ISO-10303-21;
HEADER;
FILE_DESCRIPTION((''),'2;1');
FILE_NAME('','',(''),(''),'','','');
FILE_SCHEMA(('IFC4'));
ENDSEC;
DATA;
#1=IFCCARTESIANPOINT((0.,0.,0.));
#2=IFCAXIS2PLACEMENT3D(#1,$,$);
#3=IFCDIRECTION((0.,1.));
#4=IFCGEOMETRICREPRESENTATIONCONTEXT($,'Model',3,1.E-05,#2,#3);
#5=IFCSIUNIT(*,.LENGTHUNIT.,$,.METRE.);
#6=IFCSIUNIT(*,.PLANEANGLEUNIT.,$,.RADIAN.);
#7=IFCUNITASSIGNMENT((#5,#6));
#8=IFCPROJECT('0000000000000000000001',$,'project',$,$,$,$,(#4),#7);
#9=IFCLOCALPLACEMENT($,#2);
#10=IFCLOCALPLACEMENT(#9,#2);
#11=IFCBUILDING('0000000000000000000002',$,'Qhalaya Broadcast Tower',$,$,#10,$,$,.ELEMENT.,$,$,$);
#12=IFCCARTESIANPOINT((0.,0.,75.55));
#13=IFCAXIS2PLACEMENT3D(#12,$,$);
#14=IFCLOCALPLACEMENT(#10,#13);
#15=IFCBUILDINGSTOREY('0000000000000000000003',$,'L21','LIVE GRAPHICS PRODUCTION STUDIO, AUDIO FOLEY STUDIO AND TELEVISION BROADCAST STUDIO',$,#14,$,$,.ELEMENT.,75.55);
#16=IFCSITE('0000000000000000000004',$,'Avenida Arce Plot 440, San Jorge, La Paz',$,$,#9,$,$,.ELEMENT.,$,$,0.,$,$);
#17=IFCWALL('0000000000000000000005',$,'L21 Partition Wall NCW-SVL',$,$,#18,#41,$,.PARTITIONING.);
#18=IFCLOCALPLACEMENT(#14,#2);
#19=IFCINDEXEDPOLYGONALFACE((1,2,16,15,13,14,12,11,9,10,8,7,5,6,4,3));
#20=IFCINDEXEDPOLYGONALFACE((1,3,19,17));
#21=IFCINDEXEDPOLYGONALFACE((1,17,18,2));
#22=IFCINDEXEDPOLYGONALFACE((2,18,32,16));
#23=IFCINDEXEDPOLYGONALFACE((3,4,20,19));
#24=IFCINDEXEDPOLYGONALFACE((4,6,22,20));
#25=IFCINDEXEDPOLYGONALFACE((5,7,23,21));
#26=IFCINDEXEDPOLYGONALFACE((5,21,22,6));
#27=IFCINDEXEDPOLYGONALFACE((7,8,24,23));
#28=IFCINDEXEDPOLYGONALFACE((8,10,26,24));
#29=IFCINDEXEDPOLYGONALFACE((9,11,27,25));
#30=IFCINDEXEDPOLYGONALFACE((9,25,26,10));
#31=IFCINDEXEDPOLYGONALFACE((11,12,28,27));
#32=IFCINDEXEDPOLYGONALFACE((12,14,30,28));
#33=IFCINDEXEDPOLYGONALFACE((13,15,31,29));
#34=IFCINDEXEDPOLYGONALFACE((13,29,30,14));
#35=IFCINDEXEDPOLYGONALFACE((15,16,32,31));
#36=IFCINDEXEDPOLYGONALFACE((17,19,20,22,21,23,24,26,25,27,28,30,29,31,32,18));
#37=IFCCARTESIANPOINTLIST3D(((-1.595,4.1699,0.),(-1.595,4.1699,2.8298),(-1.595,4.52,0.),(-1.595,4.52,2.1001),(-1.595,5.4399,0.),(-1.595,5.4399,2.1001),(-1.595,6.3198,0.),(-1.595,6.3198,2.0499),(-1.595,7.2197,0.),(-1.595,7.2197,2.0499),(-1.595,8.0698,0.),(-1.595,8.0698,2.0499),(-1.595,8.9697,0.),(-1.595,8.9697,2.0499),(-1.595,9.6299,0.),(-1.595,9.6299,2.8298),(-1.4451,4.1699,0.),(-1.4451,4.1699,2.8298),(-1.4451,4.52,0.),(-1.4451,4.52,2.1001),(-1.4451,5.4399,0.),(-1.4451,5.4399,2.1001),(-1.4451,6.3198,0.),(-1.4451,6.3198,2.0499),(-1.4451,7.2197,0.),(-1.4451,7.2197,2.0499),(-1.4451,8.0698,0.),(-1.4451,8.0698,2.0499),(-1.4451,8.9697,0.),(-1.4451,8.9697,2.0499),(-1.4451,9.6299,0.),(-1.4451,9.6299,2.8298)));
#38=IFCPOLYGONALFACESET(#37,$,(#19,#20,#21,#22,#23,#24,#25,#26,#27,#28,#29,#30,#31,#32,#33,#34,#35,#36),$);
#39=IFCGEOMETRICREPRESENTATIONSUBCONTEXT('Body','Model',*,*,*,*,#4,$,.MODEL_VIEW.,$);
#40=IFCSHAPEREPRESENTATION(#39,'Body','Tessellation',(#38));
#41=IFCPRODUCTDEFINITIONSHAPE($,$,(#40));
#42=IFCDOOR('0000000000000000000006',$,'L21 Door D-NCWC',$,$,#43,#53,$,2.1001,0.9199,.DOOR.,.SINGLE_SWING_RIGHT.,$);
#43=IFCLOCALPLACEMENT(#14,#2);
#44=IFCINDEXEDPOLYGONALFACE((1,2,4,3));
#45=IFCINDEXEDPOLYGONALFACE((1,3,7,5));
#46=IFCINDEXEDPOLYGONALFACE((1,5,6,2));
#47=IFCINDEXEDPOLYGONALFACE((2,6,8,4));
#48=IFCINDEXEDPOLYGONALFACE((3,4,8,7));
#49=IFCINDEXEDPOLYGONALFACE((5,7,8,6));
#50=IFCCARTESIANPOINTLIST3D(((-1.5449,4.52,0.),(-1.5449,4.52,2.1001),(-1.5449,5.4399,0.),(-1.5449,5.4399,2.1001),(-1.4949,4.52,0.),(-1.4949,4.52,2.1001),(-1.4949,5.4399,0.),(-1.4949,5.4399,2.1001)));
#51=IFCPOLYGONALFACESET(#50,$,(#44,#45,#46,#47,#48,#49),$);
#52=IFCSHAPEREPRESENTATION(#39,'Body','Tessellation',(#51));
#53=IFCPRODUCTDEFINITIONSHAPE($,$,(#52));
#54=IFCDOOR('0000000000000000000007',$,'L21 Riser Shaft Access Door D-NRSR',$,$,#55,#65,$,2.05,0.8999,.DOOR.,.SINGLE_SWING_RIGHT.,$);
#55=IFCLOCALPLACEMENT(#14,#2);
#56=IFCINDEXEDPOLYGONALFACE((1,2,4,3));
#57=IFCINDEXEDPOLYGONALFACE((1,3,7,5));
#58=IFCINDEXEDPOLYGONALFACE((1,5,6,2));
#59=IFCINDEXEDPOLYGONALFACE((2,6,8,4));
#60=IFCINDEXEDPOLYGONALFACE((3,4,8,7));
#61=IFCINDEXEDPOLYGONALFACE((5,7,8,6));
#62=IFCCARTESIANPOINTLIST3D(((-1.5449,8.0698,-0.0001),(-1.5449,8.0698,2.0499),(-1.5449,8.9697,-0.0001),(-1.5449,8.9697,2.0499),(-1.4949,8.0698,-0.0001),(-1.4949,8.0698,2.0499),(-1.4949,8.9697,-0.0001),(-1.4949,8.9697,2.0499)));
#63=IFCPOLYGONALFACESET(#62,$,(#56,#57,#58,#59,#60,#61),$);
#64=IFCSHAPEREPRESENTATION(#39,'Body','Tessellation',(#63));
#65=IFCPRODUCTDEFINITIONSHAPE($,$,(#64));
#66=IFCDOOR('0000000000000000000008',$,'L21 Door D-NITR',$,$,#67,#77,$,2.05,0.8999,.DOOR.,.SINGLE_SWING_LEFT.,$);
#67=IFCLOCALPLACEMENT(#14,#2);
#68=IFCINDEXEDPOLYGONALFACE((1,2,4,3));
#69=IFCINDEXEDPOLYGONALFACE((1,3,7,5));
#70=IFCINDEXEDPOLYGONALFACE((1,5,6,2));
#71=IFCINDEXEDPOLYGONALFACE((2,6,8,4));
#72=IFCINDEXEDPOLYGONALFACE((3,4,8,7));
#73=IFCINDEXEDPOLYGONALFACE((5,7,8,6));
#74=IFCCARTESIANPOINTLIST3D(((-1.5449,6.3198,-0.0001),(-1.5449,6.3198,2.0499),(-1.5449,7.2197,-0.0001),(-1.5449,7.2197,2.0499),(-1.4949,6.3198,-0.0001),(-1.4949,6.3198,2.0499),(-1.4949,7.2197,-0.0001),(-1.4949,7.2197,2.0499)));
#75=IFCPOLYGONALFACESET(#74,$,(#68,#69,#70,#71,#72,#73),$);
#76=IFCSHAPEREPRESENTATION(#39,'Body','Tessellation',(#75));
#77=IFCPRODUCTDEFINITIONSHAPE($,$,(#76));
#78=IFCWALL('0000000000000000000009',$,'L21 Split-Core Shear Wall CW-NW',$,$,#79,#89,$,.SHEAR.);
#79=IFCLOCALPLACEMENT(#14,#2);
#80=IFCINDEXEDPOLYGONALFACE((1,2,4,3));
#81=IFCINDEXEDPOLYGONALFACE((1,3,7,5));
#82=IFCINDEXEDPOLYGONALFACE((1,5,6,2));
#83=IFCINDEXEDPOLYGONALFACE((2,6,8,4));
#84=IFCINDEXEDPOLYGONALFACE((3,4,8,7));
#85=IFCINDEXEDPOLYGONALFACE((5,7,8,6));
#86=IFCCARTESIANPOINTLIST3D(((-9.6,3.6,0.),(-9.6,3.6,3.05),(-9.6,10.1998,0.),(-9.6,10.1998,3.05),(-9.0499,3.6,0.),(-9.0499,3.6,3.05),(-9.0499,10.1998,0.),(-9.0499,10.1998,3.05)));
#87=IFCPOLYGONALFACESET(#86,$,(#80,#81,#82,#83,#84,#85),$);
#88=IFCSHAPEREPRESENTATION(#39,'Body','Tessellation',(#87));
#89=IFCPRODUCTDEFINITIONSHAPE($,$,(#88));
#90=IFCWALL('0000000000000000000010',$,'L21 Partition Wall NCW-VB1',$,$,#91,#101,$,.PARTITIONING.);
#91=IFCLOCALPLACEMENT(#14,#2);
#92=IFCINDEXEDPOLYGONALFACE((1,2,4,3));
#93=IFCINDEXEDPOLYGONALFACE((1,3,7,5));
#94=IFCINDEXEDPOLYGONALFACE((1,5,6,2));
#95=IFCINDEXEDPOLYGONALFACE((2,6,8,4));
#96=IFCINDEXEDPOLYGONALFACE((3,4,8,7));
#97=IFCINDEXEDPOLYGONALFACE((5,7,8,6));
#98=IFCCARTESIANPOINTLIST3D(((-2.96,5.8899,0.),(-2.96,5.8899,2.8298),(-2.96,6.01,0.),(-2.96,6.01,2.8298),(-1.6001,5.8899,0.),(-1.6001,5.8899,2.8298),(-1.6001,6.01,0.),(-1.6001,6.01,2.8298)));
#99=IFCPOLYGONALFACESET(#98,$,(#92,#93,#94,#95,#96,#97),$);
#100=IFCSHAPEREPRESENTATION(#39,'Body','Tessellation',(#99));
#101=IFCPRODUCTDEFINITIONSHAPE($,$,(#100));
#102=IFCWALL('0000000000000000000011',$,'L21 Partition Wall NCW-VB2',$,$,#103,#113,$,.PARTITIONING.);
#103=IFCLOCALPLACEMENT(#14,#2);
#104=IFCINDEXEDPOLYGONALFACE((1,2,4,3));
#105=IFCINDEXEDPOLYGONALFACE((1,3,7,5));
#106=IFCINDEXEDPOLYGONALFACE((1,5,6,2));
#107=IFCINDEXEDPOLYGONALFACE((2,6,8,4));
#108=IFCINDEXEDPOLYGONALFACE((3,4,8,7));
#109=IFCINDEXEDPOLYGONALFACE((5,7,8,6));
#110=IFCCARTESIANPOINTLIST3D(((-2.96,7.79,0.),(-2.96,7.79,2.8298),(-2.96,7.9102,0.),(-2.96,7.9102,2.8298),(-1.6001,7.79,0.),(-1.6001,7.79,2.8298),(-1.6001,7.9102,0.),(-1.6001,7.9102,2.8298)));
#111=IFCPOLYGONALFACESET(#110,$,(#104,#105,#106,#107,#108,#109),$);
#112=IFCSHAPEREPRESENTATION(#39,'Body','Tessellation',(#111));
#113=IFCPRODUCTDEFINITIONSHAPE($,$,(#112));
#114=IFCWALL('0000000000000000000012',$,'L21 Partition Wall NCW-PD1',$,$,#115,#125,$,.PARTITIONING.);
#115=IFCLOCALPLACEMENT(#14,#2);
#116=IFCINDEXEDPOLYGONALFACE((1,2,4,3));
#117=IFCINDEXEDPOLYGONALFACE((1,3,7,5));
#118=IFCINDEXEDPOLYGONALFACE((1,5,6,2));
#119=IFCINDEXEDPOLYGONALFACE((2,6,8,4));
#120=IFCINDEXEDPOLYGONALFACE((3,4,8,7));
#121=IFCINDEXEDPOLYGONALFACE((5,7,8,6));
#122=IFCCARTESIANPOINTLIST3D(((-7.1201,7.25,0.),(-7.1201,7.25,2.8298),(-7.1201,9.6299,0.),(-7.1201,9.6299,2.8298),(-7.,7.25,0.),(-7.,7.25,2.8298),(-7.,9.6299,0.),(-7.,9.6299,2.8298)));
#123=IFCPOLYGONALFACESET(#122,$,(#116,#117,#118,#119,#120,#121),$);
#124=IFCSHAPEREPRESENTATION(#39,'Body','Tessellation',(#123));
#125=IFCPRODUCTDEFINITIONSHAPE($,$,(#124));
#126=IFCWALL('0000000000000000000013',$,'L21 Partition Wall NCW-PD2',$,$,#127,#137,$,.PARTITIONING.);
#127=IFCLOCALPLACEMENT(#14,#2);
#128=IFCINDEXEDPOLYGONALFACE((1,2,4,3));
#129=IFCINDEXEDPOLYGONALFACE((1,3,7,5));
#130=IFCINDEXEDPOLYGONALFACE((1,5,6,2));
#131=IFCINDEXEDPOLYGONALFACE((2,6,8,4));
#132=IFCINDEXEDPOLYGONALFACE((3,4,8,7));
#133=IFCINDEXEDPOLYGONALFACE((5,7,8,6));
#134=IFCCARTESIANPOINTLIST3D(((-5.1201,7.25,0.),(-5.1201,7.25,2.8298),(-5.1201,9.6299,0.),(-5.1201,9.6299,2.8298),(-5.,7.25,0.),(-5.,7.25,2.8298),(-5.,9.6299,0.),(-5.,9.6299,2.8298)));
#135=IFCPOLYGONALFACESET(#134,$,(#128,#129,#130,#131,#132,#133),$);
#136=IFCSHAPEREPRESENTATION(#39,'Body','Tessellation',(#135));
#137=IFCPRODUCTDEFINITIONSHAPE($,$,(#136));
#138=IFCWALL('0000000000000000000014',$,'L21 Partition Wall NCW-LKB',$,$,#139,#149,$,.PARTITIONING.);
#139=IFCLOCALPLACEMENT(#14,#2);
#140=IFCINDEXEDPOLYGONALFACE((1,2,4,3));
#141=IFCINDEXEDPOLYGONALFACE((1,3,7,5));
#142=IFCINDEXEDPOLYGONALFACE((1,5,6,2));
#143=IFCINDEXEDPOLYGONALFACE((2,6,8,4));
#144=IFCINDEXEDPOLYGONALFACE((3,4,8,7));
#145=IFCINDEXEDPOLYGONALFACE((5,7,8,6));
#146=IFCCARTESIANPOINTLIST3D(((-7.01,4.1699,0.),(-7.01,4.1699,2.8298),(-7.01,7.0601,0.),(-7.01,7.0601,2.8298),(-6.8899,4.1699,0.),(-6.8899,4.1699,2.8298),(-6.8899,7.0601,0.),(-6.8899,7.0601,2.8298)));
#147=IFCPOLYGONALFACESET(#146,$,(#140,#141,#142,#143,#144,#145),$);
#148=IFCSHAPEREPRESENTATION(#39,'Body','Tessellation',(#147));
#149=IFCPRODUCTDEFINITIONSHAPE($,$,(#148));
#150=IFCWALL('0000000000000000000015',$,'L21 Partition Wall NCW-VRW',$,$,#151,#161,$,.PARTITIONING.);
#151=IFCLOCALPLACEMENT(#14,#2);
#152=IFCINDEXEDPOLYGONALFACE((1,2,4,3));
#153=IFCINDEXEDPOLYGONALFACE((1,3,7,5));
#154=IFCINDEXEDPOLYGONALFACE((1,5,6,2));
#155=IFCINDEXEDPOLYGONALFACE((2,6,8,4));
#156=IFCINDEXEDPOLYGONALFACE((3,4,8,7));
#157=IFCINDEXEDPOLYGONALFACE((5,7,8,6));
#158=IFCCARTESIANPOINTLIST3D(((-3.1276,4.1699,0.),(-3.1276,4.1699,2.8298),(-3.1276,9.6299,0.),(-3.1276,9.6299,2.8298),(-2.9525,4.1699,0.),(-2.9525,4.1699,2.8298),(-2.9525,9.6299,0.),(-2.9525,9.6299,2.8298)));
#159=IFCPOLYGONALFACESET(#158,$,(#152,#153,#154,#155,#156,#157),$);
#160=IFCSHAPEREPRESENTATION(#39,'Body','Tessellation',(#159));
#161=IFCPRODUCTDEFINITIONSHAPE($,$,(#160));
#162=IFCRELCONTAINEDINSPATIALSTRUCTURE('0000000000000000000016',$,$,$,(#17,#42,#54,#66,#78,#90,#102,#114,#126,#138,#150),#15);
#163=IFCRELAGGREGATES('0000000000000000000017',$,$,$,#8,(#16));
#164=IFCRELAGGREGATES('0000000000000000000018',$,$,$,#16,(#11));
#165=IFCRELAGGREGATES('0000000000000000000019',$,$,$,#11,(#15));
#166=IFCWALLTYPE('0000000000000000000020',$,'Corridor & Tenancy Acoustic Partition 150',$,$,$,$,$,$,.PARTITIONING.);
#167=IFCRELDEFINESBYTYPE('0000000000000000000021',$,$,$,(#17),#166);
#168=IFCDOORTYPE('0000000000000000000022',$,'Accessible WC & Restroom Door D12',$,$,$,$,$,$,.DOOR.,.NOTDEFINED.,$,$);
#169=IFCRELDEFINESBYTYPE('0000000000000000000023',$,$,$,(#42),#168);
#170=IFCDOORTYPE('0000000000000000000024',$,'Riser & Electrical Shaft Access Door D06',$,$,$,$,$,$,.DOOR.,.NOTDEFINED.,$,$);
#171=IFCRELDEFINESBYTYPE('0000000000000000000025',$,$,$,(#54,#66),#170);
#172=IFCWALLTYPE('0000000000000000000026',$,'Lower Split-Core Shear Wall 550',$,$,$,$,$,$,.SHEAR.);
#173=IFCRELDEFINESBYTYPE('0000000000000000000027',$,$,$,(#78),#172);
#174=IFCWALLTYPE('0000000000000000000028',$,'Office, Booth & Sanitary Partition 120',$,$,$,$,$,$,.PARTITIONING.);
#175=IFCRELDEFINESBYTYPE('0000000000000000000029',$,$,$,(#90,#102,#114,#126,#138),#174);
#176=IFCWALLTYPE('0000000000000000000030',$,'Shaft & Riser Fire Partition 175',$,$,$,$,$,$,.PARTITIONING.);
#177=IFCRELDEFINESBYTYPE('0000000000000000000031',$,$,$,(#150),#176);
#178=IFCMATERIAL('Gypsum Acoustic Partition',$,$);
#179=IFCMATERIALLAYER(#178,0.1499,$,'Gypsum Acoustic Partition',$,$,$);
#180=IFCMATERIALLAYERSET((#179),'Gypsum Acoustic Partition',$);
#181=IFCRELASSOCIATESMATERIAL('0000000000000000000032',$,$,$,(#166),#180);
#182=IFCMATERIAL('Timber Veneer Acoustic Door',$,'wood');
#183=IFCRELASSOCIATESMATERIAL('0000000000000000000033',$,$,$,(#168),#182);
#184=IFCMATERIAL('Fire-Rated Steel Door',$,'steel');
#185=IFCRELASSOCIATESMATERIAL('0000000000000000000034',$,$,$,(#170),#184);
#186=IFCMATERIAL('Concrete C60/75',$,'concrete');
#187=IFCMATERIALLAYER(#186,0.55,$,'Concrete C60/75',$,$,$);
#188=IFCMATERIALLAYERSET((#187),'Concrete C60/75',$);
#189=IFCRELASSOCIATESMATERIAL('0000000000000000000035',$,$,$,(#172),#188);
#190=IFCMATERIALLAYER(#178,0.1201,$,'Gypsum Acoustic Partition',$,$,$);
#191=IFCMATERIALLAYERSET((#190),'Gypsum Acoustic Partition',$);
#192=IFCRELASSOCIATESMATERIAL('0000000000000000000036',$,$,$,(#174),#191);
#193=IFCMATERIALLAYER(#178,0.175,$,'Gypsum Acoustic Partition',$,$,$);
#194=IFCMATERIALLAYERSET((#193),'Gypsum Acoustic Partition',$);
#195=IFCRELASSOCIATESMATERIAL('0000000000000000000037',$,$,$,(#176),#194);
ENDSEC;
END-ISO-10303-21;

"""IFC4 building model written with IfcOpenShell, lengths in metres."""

from ifc_helpers import new_model, si_unit, direction, frame, frame_2d, origin, place, context, subcontext, project, spatial, rectangle, extrude, material, layer, layer_set, type_object, element, fill, save


model = new_model("IFC4")

# Units and contexts
model_context = context("Model", 3, precision=1e-05, world=origin(), true_north=direction((0.0, 1.0)))
body_context = subcontext(model_context, "Body", "Model", "MODEL_VIEW")
ifc_project = project(units=[si_unit("LENGTHUNIT", "METRE"), si_unit("PLANEANGLEUNIT", "RADIAN")], contexts=[model_context])

# Site, building, storey
site_placement = place(None, origin())
site = spatial("IfcSite", under=ifc_project, at=site_placement, Name="Avenida Arce Plot 440, San Jorge, La Paz", CompositionType="ELEMENT", RefElevation=0.0)
building_placement = place(site_placement, origin())
building = spatial("IfcBuilding", under=site, at=building_placement, Name="Qhalaya Broadcast Tower", CompositionType="ELEMENT")
storey_placement = place(building_placement, frame((0.0, 0.0, 75.55)))
storey = spatial("IfcBuildingStorey", under=building, at=storey_placement, Name="L21", Description="LIVE GRAPHICS PRODUCTION STUDIO, AUDIO FOLEY STUDIO AND TELEVISION BROADCAST STUDIO", CompositionType="ELEMENT", Elevation=75.55)

# Wall, openings, doors
ifc_material_1 = material(Name="Gypsum Acoustic Partition")
ifc_layer_1 = layer(ifc_material_1, 0.1499, Name="Gypsum Acoustic Partition")
ifc_layer_set_1 = layer_set([ifc_layer_1], Name="Gypsum Acoustic Partition")
wall_type_1 = type_object("IfcWallType", Name="Corridor & Tenancy Acoustic Partition 150", PredefinedType="PARTITIONING", material=ifc_layer_set_1)
wall_1_placement = place(storey_placement, frame((-1.52, 4.1699, 0.0), z_axis=(0.0, 0.0, 1.0), x_axis=(0.0, 1.0, 0.0)))
wall_1 = element("IfcWall", 1, at=wall_1_placement, inside=storey, type_object=wall_type_1, Name="L21 Partition Wall NCW-SVL", PredefinedType="PARTITIONING", context=body_context, shape_type="SweptSolid", body=[
    extrude(rectangle(XDim=5.46, YDim=0.1499, at=frame_2d((2.73, 0.0))), origin(), (0.0, 0.0, 1.0), 2.8298),
])
opening_1_placement = place(wall_1_placement, frame((3.8999, 0.0, 0.0)))
opening_1 = element("IfcOpeningElement", 2, at=opening_1_placement, cuts=wall_1, PredefinedType="OPENING", context=body_context, shape_type="SweptSolid", body=[
    extrude(rectangle(XDim=0.8999, YDim=2.05, at=frame_2d((0.45, 1.0249))), frame((0.0, 0.0869, 0.0), z_axis=(0.0, -1.0, 0.0), x_axis=(1.0, 0.0, 0.0)), (0.0, 0.0, 1.0), 0.1738),
])
opening_2_placement = place(wall_1_placement, frame((2.1499, 0.0, 0.0)))
opening_2 = element("IfcOpeningElement", 3, at=opening_2_placement, cuts=wall_1, PredefinedType="OPENING", context=body_context, shape_type="SweptSolid", body=[
    extrude(rectangle(XDim=0.8999, YDim=2.05, at=frame_2d((0.45, 1.0249))), frame((0.0, 0.0869, 0.0), z_axis=(0.0, -1.0, 0.0), x_axis=(1.0, 0.0, 0.0)), (0.0, 0.0, 1.0), 0.1738),
])
opening_3_placement = place(wall_1_placement, frame((0.3501, 0.0, 0.0)))
opening_3 = element("IfcOpeningElement", 4, at=opening_3_placement, cuts=wall_1, PredefinedType="OPENING", context=body_context, shape_type="SweptSolid", body=[
    extrude(rectangle(XDim=0.9199, YDim=2.1001, at=frame_2d((0.46, 1.05))), frame((0.0, 0.0869, 0.0), z_axis=(0.0, -1.0, 0.0), x_axis=(1.0, 0.0, 0.0)), (0.0, 0.0, 1.0), 0.1738),
])
ifc_material_2 = material(Name="Timber Veneer Acoustic Door", Category="wood")
door_type_1 = type_object("IfcDoorType", Name="Accessible WC & Restroom Door D12", OperationType="NOTDEFINED", PredefinedType="DOOR", material=ifc_material_2)
door_1_placement = place(opening_3_placement, origin())
door_1 = element("IfcDoor", 5, at=door_1_placement, inside=storey, type_object=door_type_1, Name="L21 Door D-NCWC", OperationType="SINGLE_SWING_RIGHT", OverallHeight=2.1001, OverallWidth=0.9199, PredefinedType="DOOR", context=body_context, shape_type="SweptSolid", body=[
    extrude(rectangle(XDim=0.9199, YDim=2.1001, at=frame_2d((0.46, 1.05))), frame((0.0, 0.0249, 0.0), z_axis=(0.0, -1.0, 0.0), x_axis=(1.0, 0.0, 0.0)), (0.0, 0.0, 1.0), 0.05),
])
fill(opening_3, door_1)
ifc_material_3 = material(Name="Fire-Rated Steel Door", Category="steel")
door_type_2 = type_object("IfcDoorType", Name="Riser & Electrical Shaft Access Door D06", OperationType="NOTDEFINED", PredefinedType="DOOR", material=ifc_material_3)
door_2_placement = place(opening_1_placement, origin())
door_2 = element("IfcDoor", 6, at=door_2_placement, inside=storey, type_object=door_type_2, Name="L21 Riser Shaft Access Door D-NRSR", OperationType="SINGLE_SWING_RIGHT", OverallHeight=2.05, OverallWidth=0.8999, PredefinedType="DOOR", context=body_context, shape_type="SweptSolid", body=[
    extrude(rectangle(XDim=0.8999, YDim=2.05, at=frame_2d((0.45, 1.0249))), frame((0.0, 0.0249, 0.0), z_axis=(0.0, -1.0, 0.0), x_axis=(1.0, 0.0, 0.0)), (0.0, 0.0, 1.0), 0.05),
])
fill(opening_1, door_2)
door_3_placement = place(opening_2_placement, origin())
door_3 = element("IfcDoor", 7, at=door_3_placement, inside=storey, type_object=door_type_2, Name="L21 Door D-NITR", OperationType="SINGLE_SWING_LEFT", OverallHeight=2.05, OverallWidth=0.8999, PredefinedType="DOOR", context=body_context, shape_type="SweptSolid", body=[
    extrude(rectangle(XDim=0.8999, YDim=2.05, at=frame_2d((0.45, 1.0249))), frame((0.0, 0.0249, 0.0), z_axis=(0.0, -1.0, 0.0), x_axis=(1.0, 0.0, 0.0)), (0.0, 0.0, 1.0), 0.05),
])
fill(opening_2, door_3)

# Walls
ifc_material_4 = material(Name="Concrete C60/75", Category="concrete")
ifc_layer_2 = layer(ifc_material_4, 0.55, Name="Concrete C60/75")
ifc_layer_set_2 = layer_set([ifc_layer_2], Name="Concrete C60/75")
wall_type_2 = type_object("IfcWallType", Name="Lower Split-Core Shear Wall 550", PredefinedType="SHEAR", material=ifc_layer_set_2)
wall_2_placement = place(storey_placement, frame((-9.325, 3.6001, 0.0), z_axis=(0.0, 0.0, 1.0), x_axis=(0.0, 1.0, 0.0)))
element("IfcWall", 8, at=wall_2_placement, inside=storey, type_object=wall_type_2, Name="L21 Split-Core Shear Wall CW-NW", PredefinedType="SHEAR", context=body_context, shape_type="SweptSolid", body=[
    extrude(rectangle(XDim=6.5999, YDim=0.55, at=frame_2d((3.2998, 0.0))), origin(), (0.0, 0.0, 1.0), 3.05),
])
ifc_layer_3 = layer(ifc_material_1, 0.1201, Name="Gypsum Acoustic Partition")
ifc_layer_set_3 = layer_set([ifc_layer_3], Name="Gypsum Acoustic Partition")
wall_type_3 = type_object("IfcWallType", Name="Office, Booth & Sanitary Partition 120", PredefinedType="PARTITIONING", material=ifc_layer_set_3)
for number, where, z_axis, x_axis, name in (
    (9, (-2.96, 5.95, 0.0), (0.0, 0.0, 1.0), (1.0, 0.0, 0.0), "L21 Partition Wall NCW-VB1"),
    (10, (-2.96, 7.8501, 0.0), (0.0, 0.0, 1.0), (1.0, 0.0, 0.0), "L21 Partition Wall NCW-VB2"),
):
    element("IfcWall", number, at=place(storey_placement, frame(where, z_axis=z_axis, x_axis=x_axis)), inside=storey, type_object=wall_type_3, Name=name, PredefinedType="PARTITIONING", context=body_context, shape_type="SweptSolid", body=[
        extrude(rectangle(XDim=1.3599, YDim=0.1201, at=frame_2d((0.6799, 0.0))), origin(), (0.0, 0.0, 1.0), 2.8298),
    ])
for number, where, z_axis, x_axis, name in (
    (11, (-7.0601, 7.25, 0.0), (0.0, 0.0, 1.0), (0.0, 1.0, 0.0), "L21 Partition Wall NCW-PD1"),
    (12, (-5.0601, 7.25, 0.0), (0.0, 0.0, 1.0), (0.0, 1.0, 0.0), "L21 Partition Wall NCW-PD2"),
):
    element("IfcWall", number, at=place(storey_placement, frame(where, z_axis=z_axis, x_axis=x_axis)), inside=storey, type_object=wall_type_3, Name=name, PredefinedType="PARTITIONING", context=body_context, shape_type="SweptSolid", body=[
        extrude(rectangle(XDim=2.3799, YDim=0.1201, at=frame_2d((1.1899, 0.0))), origin(), (0.0, 0.0, 1.0), 2.8298),
    ])
wall_3_placement = place(storey_placement, frame((-6.95, 4.1699, 0.0), z_axis=(0.0, 0.0, 1.0), x_axis=(0.0, 1.0, 0.0)))
element("IfcWall", 13, at=wall_3_placement, inside=storey, type_object=wall_type_3, Name="L21 Partition Wall NCW-LKB", PredefinedType="PARTITIONING", context=body_context, shape_type="SweptSolid", body=[
    extrude(rectangle(XDim=2.8901, YDim=0.1201, at=frame_2d((1.4451, 0.0))), origin(), (0.0, 0.0, 1.0), 2.8298),
])
ifc_layer_4 = layer(ifc_material_1, 0.175, Name="Gypsum Acoustic Partition")
ifc_layer_set_4 = layer_set([ifc_layer_4], Name="Gypsum Acoustic Partition")
wall_type_4 = type_object("IfcWallType", Name="Shaft & Riser Fire Partition 175", PredefinedType="PARTITIONING", material=ifc_layer_set_4)
wall_4_placement = place(storey_placement, frame((-3.04, 4.1699, 0.0), z_axis=(0.0, 0.0, 1.0), x_axis=(0.0, 1.0, 0.0)))
element("IfcWall", 14, at=wall_4_placement, inside=storey, type_object=wall_type_4, Name="L21 Partition Wall NCW-VRW", PredefinedType="PARTITIONING", context=body_context, shape_type="SweptSolid", body=[
    extrude(rectangle(XDim=5.46, YDim=0.175, at=frame_2d((2.73, 0.0))), origin(), (0.0, 0.0, 1.0), 2.8298),
])

save(model, "model.ifc")
